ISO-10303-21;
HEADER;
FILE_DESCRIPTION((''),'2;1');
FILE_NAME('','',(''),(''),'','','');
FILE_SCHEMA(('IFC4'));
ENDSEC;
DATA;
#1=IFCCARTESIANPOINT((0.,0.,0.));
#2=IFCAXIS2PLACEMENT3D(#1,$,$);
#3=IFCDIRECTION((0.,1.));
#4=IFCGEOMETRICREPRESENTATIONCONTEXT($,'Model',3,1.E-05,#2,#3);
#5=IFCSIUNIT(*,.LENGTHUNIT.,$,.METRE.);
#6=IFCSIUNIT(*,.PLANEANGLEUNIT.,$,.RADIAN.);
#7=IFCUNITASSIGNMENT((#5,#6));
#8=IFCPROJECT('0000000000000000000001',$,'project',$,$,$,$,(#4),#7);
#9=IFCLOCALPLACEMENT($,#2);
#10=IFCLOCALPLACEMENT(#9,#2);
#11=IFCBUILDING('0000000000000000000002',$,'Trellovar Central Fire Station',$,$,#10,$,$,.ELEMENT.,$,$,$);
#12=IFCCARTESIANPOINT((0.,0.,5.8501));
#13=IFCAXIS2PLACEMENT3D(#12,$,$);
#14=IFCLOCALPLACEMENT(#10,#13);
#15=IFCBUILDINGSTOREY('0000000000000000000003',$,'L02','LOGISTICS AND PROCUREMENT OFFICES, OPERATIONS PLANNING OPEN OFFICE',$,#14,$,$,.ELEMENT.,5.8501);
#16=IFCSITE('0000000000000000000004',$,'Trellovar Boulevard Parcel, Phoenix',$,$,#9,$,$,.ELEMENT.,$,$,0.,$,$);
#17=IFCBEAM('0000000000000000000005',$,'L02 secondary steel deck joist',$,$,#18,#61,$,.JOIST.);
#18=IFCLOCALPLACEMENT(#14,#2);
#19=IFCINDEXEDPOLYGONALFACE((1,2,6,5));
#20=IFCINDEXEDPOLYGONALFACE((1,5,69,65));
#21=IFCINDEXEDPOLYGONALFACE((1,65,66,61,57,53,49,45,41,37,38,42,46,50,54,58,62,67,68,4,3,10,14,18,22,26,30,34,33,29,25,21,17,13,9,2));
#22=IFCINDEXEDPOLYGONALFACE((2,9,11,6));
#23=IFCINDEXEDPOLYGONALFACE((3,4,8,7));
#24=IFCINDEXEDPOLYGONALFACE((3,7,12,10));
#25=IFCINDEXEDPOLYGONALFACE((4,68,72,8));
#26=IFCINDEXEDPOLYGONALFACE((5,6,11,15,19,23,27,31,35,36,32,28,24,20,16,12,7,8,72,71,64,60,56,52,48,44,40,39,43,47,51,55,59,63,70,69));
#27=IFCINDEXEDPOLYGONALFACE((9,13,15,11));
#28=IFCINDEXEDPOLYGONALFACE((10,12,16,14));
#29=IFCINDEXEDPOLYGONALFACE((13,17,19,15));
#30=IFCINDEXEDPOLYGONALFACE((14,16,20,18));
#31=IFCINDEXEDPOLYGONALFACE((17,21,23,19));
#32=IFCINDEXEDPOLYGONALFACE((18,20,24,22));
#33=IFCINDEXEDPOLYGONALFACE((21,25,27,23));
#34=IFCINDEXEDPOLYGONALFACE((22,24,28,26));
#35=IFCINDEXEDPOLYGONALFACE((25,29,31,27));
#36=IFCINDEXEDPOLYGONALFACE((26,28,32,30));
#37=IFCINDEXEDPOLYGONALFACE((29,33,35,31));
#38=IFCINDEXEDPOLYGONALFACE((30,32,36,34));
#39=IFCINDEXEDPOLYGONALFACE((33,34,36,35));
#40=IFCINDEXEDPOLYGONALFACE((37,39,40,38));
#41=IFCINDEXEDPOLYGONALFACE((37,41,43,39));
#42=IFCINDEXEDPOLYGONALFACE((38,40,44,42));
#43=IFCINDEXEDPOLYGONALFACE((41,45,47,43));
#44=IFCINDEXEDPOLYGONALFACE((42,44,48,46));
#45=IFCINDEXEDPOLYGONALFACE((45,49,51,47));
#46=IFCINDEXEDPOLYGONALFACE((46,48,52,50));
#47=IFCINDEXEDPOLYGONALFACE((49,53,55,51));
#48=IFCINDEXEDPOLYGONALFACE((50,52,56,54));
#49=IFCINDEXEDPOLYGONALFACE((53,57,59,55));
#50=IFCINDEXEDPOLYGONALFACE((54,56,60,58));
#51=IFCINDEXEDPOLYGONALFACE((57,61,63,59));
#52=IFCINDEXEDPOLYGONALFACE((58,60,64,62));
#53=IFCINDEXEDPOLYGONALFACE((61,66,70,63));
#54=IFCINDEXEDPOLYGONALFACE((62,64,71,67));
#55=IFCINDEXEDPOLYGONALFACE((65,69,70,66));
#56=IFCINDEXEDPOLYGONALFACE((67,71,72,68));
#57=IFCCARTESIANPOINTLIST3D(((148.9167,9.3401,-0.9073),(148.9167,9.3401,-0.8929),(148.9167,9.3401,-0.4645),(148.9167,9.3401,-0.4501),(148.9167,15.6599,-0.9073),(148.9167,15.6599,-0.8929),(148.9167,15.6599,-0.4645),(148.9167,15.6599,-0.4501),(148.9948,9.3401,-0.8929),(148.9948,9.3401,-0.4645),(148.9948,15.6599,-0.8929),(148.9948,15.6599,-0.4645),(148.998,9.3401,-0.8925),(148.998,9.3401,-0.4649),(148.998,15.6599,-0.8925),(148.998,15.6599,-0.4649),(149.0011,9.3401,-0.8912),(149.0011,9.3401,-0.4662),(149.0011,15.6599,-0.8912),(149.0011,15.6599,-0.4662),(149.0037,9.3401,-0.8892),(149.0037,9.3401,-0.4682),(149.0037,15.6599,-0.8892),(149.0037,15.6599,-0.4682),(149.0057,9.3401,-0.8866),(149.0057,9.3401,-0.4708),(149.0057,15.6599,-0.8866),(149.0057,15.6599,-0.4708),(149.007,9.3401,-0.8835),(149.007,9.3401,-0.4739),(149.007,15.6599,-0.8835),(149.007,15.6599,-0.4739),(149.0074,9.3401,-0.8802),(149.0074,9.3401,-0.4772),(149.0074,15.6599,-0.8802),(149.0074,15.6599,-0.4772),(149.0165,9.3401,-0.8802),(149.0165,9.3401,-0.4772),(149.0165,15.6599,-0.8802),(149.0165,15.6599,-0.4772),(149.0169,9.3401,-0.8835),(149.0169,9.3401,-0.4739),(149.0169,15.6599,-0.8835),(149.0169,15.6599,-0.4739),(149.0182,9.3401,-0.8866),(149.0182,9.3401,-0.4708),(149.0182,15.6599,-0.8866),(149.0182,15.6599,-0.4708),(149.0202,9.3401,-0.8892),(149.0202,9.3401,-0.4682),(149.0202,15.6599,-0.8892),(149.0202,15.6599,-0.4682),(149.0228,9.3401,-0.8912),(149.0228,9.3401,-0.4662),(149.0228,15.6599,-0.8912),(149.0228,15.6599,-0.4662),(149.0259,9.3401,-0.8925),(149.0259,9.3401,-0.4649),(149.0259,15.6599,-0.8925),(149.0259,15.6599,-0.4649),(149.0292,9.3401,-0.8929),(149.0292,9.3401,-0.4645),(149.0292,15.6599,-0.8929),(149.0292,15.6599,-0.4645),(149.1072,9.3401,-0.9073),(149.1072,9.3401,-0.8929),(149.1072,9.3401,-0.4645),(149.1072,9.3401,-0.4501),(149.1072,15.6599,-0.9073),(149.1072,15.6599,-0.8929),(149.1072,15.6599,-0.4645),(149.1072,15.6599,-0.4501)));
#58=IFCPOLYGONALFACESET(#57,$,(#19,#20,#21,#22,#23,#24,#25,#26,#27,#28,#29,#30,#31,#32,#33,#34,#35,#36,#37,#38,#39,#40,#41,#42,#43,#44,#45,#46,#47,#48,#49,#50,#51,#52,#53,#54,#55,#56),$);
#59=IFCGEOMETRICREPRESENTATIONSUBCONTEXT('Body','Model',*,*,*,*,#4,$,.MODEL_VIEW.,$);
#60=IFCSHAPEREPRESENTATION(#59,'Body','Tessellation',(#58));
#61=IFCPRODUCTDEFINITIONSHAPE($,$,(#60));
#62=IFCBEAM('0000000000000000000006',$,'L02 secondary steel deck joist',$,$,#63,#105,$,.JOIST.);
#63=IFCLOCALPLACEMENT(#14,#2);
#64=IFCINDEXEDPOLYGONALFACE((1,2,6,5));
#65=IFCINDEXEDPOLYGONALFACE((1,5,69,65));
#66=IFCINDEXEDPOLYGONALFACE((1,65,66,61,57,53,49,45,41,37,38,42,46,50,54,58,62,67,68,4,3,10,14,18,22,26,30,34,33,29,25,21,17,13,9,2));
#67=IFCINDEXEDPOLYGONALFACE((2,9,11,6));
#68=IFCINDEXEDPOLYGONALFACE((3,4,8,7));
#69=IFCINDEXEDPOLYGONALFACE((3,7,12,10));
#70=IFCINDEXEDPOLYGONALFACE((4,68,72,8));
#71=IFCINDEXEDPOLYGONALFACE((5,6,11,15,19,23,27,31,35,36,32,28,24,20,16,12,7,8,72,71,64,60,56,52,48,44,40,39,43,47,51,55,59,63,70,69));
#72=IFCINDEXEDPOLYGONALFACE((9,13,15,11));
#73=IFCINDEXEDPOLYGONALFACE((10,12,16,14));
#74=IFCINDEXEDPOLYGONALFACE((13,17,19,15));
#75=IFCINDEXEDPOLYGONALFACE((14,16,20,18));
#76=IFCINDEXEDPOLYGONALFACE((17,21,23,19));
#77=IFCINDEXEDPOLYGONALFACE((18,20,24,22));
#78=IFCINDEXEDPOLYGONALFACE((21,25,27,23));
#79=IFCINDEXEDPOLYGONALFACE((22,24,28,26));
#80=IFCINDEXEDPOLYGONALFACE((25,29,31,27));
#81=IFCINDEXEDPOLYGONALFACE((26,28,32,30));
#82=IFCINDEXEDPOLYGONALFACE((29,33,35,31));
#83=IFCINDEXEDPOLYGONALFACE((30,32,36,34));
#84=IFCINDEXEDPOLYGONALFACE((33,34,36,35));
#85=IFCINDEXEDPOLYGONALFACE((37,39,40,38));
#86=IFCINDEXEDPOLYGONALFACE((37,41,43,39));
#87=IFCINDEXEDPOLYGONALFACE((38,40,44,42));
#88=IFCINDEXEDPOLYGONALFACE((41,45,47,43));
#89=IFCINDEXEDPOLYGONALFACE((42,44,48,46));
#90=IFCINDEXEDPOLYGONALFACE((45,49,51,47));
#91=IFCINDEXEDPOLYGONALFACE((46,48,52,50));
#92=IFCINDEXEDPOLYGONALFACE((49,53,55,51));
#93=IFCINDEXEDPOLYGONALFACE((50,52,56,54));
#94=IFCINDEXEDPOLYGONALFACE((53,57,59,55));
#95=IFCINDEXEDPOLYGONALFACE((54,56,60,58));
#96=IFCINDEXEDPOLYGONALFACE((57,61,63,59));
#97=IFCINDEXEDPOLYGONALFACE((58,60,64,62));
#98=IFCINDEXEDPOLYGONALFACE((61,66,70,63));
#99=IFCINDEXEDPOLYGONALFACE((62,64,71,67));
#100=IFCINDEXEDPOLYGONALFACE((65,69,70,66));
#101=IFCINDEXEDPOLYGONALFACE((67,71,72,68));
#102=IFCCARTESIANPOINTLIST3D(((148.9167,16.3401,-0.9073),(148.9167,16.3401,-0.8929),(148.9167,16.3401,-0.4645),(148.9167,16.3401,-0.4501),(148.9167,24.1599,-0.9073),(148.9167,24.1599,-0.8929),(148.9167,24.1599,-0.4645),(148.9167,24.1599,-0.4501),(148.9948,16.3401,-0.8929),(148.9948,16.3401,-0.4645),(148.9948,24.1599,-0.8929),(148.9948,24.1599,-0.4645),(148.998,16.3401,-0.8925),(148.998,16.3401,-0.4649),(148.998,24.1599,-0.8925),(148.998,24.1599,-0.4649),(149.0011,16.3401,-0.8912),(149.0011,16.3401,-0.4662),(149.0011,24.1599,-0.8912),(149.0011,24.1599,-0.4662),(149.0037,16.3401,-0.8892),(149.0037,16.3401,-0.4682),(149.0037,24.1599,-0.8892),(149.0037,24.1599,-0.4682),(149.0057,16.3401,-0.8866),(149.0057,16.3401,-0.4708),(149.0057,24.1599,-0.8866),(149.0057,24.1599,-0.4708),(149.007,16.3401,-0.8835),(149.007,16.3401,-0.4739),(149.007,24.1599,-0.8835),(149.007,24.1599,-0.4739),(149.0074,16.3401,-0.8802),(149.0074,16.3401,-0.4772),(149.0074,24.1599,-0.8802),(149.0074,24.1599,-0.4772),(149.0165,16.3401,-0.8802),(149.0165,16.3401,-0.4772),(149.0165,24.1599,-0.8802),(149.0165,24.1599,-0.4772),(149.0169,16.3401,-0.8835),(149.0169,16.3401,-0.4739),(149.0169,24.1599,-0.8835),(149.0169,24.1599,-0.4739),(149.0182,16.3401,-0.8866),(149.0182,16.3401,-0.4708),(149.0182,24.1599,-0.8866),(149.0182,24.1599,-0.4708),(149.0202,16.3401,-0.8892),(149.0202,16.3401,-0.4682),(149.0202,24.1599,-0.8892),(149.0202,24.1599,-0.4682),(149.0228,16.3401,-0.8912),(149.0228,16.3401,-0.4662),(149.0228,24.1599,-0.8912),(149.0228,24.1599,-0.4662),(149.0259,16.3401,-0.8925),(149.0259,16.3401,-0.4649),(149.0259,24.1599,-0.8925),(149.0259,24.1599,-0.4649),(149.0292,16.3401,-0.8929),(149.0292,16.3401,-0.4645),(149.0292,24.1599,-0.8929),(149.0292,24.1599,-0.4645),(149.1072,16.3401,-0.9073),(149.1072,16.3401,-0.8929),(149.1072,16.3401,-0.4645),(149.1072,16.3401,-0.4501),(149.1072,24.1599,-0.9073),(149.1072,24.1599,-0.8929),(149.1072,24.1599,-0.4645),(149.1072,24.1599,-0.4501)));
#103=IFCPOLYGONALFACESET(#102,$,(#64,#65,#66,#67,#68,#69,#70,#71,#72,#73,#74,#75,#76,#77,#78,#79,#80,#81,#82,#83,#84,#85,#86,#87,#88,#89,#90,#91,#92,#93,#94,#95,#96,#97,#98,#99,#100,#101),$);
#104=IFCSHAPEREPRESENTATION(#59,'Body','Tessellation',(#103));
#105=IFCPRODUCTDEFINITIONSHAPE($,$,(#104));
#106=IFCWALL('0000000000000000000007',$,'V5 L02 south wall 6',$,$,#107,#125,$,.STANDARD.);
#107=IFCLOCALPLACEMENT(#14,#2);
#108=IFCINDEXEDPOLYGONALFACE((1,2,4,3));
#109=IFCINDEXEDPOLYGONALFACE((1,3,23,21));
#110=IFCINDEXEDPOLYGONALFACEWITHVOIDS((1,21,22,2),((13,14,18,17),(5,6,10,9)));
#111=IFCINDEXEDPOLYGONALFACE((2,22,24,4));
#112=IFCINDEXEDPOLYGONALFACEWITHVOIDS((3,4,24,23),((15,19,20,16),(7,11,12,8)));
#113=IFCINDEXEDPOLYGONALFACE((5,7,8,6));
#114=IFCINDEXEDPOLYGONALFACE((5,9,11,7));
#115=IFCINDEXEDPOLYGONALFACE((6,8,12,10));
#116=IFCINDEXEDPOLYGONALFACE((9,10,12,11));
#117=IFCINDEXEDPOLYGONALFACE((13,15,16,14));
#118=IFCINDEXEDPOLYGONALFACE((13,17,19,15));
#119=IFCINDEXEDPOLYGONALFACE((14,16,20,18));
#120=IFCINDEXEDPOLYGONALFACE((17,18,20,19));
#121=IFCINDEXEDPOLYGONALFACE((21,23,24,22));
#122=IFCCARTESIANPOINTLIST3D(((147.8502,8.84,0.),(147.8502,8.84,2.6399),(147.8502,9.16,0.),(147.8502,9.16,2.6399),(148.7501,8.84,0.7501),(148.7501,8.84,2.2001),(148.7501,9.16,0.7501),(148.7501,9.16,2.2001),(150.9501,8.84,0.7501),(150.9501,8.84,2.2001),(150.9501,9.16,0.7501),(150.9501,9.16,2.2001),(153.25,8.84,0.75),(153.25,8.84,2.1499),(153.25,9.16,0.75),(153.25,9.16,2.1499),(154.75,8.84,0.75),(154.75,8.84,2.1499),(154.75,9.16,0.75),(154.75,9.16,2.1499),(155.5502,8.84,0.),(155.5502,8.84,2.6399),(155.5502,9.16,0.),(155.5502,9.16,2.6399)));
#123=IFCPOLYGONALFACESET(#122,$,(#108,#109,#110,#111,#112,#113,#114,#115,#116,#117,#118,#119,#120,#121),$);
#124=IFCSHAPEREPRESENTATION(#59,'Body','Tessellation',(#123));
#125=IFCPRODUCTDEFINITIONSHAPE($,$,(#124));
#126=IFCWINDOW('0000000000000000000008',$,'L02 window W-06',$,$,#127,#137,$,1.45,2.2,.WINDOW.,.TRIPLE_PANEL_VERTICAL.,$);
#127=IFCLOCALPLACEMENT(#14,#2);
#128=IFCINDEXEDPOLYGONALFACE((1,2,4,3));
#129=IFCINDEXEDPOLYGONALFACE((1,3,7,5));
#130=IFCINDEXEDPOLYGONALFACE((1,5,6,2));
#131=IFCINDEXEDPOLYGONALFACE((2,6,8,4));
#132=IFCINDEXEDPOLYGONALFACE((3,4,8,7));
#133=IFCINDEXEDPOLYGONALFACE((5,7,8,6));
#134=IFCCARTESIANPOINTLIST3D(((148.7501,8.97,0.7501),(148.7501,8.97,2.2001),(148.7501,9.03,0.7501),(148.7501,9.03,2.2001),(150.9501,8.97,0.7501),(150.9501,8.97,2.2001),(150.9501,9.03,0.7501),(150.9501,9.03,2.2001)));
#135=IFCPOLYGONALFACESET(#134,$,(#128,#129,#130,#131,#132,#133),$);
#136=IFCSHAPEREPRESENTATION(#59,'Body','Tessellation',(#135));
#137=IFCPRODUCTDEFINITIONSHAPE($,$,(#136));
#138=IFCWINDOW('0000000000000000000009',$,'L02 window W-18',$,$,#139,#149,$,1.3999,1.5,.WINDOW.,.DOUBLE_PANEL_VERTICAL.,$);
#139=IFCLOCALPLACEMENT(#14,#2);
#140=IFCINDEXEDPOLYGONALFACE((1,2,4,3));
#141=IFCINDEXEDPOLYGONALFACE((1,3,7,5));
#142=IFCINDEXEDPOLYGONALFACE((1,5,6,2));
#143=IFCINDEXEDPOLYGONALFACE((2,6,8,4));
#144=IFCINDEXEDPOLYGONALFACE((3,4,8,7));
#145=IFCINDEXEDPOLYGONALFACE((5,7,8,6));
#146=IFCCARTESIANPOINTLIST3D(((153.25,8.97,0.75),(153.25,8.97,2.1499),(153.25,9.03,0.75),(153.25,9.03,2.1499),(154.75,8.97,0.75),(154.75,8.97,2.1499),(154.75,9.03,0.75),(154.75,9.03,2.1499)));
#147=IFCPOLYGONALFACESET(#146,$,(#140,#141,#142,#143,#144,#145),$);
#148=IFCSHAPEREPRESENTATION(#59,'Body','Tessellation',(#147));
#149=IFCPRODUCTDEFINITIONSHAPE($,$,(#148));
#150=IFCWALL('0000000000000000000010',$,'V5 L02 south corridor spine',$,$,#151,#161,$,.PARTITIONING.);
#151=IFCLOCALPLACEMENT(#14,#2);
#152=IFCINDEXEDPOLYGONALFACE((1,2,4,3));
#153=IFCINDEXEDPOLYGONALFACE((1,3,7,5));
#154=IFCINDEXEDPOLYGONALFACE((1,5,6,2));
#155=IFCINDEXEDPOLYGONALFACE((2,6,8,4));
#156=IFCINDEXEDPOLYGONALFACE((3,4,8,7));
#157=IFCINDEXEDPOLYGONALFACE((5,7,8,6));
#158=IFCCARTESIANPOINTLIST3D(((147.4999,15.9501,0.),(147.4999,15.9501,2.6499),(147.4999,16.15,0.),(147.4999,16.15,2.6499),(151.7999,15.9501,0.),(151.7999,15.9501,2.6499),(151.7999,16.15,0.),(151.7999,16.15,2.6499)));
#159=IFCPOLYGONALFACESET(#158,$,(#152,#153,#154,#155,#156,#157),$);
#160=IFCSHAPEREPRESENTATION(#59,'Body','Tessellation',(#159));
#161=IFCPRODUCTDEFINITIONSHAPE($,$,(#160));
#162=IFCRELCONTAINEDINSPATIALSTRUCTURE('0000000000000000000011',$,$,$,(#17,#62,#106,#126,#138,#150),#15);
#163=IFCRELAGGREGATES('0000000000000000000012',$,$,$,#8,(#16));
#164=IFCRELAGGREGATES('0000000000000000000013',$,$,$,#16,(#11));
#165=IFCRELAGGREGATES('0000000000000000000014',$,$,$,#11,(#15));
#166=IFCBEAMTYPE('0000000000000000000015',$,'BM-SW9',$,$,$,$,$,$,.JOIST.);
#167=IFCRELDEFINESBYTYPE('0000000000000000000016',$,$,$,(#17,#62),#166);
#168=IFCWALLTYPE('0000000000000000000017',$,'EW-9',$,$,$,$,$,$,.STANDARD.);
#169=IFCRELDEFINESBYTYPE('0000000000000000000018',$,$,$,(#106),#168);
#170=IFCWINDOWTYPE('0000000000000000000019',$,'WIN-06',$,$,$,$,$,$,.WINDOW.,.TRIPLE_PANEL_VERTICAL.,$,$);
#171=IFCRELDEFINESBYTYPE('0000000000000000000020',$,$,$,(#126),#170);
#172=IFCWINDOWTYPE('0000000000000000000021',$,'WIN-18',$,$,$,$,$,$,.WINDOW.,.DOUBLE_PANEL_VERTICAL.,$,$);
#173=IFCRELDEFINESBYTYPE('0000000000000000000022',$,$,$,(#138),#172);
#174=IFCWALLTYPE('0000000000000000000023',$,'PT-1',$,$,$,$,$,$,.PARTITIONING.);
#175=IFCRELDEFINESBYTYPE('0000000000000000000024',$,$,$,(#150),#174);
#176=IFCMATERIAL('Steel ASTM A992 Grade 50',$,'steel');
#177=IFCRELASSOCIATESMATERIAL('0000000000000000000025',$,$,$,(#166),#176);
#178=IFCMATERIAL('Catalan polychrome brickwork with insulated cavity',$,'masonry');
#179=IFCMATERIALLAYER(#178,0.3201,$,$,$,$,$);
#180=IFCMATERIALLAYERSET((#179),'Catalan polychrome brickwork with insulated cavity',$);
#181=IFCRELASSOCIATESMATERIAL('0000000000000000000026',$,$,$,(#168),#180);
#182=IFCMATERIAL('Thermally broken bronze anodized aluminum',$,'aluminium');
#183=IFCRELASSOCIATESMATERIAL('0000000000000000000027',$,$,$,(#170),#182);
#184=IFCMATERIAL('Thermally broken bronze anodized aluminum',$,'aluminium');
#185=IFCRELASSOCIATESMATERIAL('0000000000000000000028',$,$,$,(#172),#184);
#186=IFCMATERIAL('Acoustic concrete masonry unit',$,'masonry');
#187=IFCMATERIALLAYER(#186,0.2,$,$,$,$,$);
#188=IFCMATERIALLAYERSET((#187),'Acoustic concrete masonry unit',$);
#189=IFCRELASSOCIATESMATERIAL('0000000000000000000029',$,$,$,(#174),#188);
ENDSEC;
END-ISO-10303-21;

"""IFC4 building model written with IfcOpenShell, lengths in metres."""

from ifc_helpers import new_model, si_unit, direction, frame, frame_2d, origin, origin_2d, place, context, subcontext, project, spatial, rectangle, i_section, extrude, material, layer, layer_set, material_profile, profile_set, type_object, element, fill, save


model = new_model("IFC4")

# Units and contexts
model_context = context("Model", 3, precision=1e-05, world=origin(), true_north=direction((0.0, 1.0)))
body_context = subcontext(model_context, "Body", "Model", "MODEL_VIEW")
ifc_project = project(units=[si_unit("LENGTHUNIT", "METRE"), si_unit("PLANEANGLEUNIT", "RADIAN")], contexts=[model_context])

# Site, building, storey
site_placement = place(None, origin())
site = spatial("IfcSite", under=ifc_project, at=site_placement, Name="Trellovar Boulevard Parcel, Phoenix", CompositionType="ELEMENT", RefElevation=0.0)
building_placement = place(site_placement, origin())
building = spatial("IfcBuilding", under=site, at=building_placement, Name="Trellovar Central Fire Station", CompositionType="ELEMENT")
storey_placement = place(building_placement, frame((0.0, 0.0, 5.8501)))
storey = spatial("IfcBuildingStorey", under=building, at=storey_placement, Name="L02", Description="LOGISTICS AND PROCUREMENT OFFICES, OPERATIONS PLANNING OPEN OFFICE", CompositionType="ELEMENT", Elevation=5.8501)

# Beams
ifc_material_1 = material(Name="Steel ASTM A992 Grade 50", Category="steel")
ifc_material_profile_1 = material_profile(ifc_material_1, i_section(OverallWidth=0.1904, OverallDepth=0.4573, WebThickness=0.009, FlangeThickness=0.0144, FilletRadius=0.0127, at=origin_2d()), Name="W18X50")
ifc_profile_set_1 = profile_set([ifc_material_profile_1], Name="Steel ASTM A992 Grade 50")
beam_type_1 = type_object("IfcBeamType", Name="BM-SW9", PredefinedType="JOIST", material=ifc_profile_set_1)
beam_1_placement = place(storey_placement, frame((149.012, 9.3401, -0.6787), z_axis=(0.0, 1.0, 0.0), x_axis=(-1.0, 0.0, 0.0)))
element("IfcBeam", 1, at=beam_1_placement, inside=storey, type_object=beam_type_1, Name="L02 secondary steel deck joist", PredefinedType="JOIST", context=body_context, shape_type="SweptSolid", body=[
    extrude(i_section(OverallWidth=0.1904, OverallDepth=0.4573, WebThickness=0.009, FlangeThickness=0.0144, FilletRadius=0.0127, at=origin_2d()), origin(), (0.0, 0.0, 1.0), 6.3198),
])
beam_2_placement = place(storey_placement, frame((149.012, 16.3401, -0.6787), z_axis=(0.0, 1.0, 0.0), x_axis=(-1.0, 0.0, 0.0)))
element("IfcBeam", 2, at=beam_2_placement, inside=storey, type_object=beam_type_1, Name="L02 secondary steel deck joist", PredefinedType="JOIST", context=body_context, shape_type="SweptSolid", body=[
    extrude(i_section(OverallWidth=0.1904, OverallDepth=0.4573, WebThickness=0.009, FlangeThickness=0.0144, FilletRadius=0.0127, at=origin_2d()), origin(), (0.0, 0.0, 1.0), 7.8198),
])

# Wall, openings, windows
ifc_material_2 = material(Name="Catalan polychrome brickwork with insulated cavity", Category="masonry")
ifc_layer_1 = layer(ifc_material_2, 0.3201)
ifc_layer_set_1 = layer_set([ifc_layer_1], Name="Catalan polychrome brickwork with insulated cavity")
wall_type_1 = type_object("IfcWallType", Name="EW-9", PredefinedType="STANDARD", material=ifc_layer_set_1)
wall_1_placement = place(storey_placement, frame((147.8501, 9.0, 0.0), z_axis=(0.0, 0.0, 1.0), x_axis=(1.0, 0.0, 0.0)))
wall_1 = element("IfcWall", 3, at=wall_1_placement, inside=storey, type_object=wall_type_1, Name="V5 L02 south wall 6", PredefinedType="STANDARD", context=body_context, shape_type="SweptSolid", body=[
    extrude(rectangle(XDim=7.7, YDim=0.3201, at=frame_2d((3.8501, 0.0))), origin(), (0.0, 0.0, 1.0), 2.6399),
])
opening_1_placement = place(wall_1_placement, frame((0.8999, 0.0, 0.75)))
opening_1 = element("IfcOpeningElement", 4, at=opening_1_placement, cuts=wall_1, PredefinedType="OPENING", context=body_context, shape_type="SweptSolid", body=[
    extrude(rectangle(XDim=2.2, YDim=1.45, at=frame_2d((1.1001, 0.7251))), frame((0.0, 0.1699, 0.0), z_axis=(0.0, -1.0, 0.0), x_axis=(1.0, 0.0, 0.0)), (0.0, 0.0, 1.0), 0.3401),
])
opening_2_placement = place(wall_1_placement, frame((5.3999, 0.0, 0.75)))
opening_2 = element("IfcOpeningElement", 5, at=opening_2_placement, cuts=wall_1, PredefinedType="OPENING", context=body_context, shape_type="SweptSolid", body=[
    extrude(rectangle(XDim=1.5, YDim=1.3999, at=frame_2d((0.75, 0.7))), frame((0.0, 0.1699, 0.0), z_axis=(0.0, -1.0, 0.0), x_axis=(1.0, 0.0, 0.0)), (0.0, 0.0, 1.0), 0.3401),
])
ifc_material_3 = material(Name="Thermally broken bronze anodized aluminum", Category="aluminium")
window_type_1 = type_object("IfcWindowType", Name="WIN-06", PartitioningType="TRIPLE_PANEL_VERTICAL", PredefinedType="WINDOW", material=ifc_material_3)
window_1_placement = place(opening_1_placement, origin())
window_1 = element("IfcWindow", 6, at=window_1_placement, inside=storey, type_object=window_type_1, Name="L02 window W-06", OverallHeight=1.45, OverallWidth=2.2, PartitioningType="TRIPLE_PANEL_VERTICAL", PredefinedType="WINDOW", context=body_context, shape_type="SweptSolid", body=[
    extrude(rectangle(XDim=2.2, YDim=1.45, at=frame_2d((1.1001, 0.7251))), frame((0.0, 0.03, 0.0), z_axis=(0.0, -1.0, 0.0), x_axis=(1.0, 0.0, 0.0)), (0.0, 0.0, 1.0), 0.0601),
])
fill(opening_1, window_1)
ifc_material_4 = material(Name="Thermally broken bronze anodized aluminum", Category="aluminium")
window_type_2 = type_object("IfcWindowType", Name="WIN-18", PartitioningType="DOUBLE_PANEL_VERTICAL", PredefinedType="WINDOW", material=ifc_material_4)
window_2_placement = place(opening_2_placement, origin())
window_2 = element("IfcWindow", 7, at=window_2_placement, inside=storey, type_object=window_type_2, Name="L02 window W-18", OverallHeight=1.3999, OverallWidth=1.5, PartitioningType="DOUBLE_PANEL_VERTICAL", PredefinedType="WINDOW", context=body_context, shape_type="SweptSolid", body=[
    extrude(rectangle(XDim=1.5, YDim=1.3999, at=frame_2d((0.75, 0.7))), frame((0.0, 0.03, 0.0), z_axis=(0.0, -1.0, 0.0), x_axis=(1.0, 0.0, 0.0)), (0.0, 0.0, 1.0), 0.0601),
])
fill(opening_2, window_2)

# Wall
ifc_material_5 = material(Name="Acoustic concrete masonry unit", Category="masonry")
ifc_layer_2 = layer(ifc_material_5, 0.2)
ifc_layer_set_2 = layer_set([ifc_layer_2], Name="Acoustic concrete masonry unit")
wall_type_2 = type_object("IfcWallType", Name="PT-1", PredefinedType="PARTITIONING", material=ifc_layer_set_2)
wall_2_placement = place(storey_placement, frame((147.5, 16.05, 0.0), z_axis=(0.0, 0.0, 1.0), x_axis=(1.0, 0.0, 0.0)))
element("IfcWall", 8, at=wall_2_placement, inside=storey, type_object=wall_type_2, Name="V5 L02 south corridor spine", PredefinedType="PARTITIONING", context=body_context, shape_type="SweptSolid", body=[
    extrude(rectangle(XDim=4.3, YDim=0.2, at=frame_2d((2.1499, 0.0))), origin(), (0.0, 0.0, 1.0), 2.6499),
])

save(model, "model.ifc")
